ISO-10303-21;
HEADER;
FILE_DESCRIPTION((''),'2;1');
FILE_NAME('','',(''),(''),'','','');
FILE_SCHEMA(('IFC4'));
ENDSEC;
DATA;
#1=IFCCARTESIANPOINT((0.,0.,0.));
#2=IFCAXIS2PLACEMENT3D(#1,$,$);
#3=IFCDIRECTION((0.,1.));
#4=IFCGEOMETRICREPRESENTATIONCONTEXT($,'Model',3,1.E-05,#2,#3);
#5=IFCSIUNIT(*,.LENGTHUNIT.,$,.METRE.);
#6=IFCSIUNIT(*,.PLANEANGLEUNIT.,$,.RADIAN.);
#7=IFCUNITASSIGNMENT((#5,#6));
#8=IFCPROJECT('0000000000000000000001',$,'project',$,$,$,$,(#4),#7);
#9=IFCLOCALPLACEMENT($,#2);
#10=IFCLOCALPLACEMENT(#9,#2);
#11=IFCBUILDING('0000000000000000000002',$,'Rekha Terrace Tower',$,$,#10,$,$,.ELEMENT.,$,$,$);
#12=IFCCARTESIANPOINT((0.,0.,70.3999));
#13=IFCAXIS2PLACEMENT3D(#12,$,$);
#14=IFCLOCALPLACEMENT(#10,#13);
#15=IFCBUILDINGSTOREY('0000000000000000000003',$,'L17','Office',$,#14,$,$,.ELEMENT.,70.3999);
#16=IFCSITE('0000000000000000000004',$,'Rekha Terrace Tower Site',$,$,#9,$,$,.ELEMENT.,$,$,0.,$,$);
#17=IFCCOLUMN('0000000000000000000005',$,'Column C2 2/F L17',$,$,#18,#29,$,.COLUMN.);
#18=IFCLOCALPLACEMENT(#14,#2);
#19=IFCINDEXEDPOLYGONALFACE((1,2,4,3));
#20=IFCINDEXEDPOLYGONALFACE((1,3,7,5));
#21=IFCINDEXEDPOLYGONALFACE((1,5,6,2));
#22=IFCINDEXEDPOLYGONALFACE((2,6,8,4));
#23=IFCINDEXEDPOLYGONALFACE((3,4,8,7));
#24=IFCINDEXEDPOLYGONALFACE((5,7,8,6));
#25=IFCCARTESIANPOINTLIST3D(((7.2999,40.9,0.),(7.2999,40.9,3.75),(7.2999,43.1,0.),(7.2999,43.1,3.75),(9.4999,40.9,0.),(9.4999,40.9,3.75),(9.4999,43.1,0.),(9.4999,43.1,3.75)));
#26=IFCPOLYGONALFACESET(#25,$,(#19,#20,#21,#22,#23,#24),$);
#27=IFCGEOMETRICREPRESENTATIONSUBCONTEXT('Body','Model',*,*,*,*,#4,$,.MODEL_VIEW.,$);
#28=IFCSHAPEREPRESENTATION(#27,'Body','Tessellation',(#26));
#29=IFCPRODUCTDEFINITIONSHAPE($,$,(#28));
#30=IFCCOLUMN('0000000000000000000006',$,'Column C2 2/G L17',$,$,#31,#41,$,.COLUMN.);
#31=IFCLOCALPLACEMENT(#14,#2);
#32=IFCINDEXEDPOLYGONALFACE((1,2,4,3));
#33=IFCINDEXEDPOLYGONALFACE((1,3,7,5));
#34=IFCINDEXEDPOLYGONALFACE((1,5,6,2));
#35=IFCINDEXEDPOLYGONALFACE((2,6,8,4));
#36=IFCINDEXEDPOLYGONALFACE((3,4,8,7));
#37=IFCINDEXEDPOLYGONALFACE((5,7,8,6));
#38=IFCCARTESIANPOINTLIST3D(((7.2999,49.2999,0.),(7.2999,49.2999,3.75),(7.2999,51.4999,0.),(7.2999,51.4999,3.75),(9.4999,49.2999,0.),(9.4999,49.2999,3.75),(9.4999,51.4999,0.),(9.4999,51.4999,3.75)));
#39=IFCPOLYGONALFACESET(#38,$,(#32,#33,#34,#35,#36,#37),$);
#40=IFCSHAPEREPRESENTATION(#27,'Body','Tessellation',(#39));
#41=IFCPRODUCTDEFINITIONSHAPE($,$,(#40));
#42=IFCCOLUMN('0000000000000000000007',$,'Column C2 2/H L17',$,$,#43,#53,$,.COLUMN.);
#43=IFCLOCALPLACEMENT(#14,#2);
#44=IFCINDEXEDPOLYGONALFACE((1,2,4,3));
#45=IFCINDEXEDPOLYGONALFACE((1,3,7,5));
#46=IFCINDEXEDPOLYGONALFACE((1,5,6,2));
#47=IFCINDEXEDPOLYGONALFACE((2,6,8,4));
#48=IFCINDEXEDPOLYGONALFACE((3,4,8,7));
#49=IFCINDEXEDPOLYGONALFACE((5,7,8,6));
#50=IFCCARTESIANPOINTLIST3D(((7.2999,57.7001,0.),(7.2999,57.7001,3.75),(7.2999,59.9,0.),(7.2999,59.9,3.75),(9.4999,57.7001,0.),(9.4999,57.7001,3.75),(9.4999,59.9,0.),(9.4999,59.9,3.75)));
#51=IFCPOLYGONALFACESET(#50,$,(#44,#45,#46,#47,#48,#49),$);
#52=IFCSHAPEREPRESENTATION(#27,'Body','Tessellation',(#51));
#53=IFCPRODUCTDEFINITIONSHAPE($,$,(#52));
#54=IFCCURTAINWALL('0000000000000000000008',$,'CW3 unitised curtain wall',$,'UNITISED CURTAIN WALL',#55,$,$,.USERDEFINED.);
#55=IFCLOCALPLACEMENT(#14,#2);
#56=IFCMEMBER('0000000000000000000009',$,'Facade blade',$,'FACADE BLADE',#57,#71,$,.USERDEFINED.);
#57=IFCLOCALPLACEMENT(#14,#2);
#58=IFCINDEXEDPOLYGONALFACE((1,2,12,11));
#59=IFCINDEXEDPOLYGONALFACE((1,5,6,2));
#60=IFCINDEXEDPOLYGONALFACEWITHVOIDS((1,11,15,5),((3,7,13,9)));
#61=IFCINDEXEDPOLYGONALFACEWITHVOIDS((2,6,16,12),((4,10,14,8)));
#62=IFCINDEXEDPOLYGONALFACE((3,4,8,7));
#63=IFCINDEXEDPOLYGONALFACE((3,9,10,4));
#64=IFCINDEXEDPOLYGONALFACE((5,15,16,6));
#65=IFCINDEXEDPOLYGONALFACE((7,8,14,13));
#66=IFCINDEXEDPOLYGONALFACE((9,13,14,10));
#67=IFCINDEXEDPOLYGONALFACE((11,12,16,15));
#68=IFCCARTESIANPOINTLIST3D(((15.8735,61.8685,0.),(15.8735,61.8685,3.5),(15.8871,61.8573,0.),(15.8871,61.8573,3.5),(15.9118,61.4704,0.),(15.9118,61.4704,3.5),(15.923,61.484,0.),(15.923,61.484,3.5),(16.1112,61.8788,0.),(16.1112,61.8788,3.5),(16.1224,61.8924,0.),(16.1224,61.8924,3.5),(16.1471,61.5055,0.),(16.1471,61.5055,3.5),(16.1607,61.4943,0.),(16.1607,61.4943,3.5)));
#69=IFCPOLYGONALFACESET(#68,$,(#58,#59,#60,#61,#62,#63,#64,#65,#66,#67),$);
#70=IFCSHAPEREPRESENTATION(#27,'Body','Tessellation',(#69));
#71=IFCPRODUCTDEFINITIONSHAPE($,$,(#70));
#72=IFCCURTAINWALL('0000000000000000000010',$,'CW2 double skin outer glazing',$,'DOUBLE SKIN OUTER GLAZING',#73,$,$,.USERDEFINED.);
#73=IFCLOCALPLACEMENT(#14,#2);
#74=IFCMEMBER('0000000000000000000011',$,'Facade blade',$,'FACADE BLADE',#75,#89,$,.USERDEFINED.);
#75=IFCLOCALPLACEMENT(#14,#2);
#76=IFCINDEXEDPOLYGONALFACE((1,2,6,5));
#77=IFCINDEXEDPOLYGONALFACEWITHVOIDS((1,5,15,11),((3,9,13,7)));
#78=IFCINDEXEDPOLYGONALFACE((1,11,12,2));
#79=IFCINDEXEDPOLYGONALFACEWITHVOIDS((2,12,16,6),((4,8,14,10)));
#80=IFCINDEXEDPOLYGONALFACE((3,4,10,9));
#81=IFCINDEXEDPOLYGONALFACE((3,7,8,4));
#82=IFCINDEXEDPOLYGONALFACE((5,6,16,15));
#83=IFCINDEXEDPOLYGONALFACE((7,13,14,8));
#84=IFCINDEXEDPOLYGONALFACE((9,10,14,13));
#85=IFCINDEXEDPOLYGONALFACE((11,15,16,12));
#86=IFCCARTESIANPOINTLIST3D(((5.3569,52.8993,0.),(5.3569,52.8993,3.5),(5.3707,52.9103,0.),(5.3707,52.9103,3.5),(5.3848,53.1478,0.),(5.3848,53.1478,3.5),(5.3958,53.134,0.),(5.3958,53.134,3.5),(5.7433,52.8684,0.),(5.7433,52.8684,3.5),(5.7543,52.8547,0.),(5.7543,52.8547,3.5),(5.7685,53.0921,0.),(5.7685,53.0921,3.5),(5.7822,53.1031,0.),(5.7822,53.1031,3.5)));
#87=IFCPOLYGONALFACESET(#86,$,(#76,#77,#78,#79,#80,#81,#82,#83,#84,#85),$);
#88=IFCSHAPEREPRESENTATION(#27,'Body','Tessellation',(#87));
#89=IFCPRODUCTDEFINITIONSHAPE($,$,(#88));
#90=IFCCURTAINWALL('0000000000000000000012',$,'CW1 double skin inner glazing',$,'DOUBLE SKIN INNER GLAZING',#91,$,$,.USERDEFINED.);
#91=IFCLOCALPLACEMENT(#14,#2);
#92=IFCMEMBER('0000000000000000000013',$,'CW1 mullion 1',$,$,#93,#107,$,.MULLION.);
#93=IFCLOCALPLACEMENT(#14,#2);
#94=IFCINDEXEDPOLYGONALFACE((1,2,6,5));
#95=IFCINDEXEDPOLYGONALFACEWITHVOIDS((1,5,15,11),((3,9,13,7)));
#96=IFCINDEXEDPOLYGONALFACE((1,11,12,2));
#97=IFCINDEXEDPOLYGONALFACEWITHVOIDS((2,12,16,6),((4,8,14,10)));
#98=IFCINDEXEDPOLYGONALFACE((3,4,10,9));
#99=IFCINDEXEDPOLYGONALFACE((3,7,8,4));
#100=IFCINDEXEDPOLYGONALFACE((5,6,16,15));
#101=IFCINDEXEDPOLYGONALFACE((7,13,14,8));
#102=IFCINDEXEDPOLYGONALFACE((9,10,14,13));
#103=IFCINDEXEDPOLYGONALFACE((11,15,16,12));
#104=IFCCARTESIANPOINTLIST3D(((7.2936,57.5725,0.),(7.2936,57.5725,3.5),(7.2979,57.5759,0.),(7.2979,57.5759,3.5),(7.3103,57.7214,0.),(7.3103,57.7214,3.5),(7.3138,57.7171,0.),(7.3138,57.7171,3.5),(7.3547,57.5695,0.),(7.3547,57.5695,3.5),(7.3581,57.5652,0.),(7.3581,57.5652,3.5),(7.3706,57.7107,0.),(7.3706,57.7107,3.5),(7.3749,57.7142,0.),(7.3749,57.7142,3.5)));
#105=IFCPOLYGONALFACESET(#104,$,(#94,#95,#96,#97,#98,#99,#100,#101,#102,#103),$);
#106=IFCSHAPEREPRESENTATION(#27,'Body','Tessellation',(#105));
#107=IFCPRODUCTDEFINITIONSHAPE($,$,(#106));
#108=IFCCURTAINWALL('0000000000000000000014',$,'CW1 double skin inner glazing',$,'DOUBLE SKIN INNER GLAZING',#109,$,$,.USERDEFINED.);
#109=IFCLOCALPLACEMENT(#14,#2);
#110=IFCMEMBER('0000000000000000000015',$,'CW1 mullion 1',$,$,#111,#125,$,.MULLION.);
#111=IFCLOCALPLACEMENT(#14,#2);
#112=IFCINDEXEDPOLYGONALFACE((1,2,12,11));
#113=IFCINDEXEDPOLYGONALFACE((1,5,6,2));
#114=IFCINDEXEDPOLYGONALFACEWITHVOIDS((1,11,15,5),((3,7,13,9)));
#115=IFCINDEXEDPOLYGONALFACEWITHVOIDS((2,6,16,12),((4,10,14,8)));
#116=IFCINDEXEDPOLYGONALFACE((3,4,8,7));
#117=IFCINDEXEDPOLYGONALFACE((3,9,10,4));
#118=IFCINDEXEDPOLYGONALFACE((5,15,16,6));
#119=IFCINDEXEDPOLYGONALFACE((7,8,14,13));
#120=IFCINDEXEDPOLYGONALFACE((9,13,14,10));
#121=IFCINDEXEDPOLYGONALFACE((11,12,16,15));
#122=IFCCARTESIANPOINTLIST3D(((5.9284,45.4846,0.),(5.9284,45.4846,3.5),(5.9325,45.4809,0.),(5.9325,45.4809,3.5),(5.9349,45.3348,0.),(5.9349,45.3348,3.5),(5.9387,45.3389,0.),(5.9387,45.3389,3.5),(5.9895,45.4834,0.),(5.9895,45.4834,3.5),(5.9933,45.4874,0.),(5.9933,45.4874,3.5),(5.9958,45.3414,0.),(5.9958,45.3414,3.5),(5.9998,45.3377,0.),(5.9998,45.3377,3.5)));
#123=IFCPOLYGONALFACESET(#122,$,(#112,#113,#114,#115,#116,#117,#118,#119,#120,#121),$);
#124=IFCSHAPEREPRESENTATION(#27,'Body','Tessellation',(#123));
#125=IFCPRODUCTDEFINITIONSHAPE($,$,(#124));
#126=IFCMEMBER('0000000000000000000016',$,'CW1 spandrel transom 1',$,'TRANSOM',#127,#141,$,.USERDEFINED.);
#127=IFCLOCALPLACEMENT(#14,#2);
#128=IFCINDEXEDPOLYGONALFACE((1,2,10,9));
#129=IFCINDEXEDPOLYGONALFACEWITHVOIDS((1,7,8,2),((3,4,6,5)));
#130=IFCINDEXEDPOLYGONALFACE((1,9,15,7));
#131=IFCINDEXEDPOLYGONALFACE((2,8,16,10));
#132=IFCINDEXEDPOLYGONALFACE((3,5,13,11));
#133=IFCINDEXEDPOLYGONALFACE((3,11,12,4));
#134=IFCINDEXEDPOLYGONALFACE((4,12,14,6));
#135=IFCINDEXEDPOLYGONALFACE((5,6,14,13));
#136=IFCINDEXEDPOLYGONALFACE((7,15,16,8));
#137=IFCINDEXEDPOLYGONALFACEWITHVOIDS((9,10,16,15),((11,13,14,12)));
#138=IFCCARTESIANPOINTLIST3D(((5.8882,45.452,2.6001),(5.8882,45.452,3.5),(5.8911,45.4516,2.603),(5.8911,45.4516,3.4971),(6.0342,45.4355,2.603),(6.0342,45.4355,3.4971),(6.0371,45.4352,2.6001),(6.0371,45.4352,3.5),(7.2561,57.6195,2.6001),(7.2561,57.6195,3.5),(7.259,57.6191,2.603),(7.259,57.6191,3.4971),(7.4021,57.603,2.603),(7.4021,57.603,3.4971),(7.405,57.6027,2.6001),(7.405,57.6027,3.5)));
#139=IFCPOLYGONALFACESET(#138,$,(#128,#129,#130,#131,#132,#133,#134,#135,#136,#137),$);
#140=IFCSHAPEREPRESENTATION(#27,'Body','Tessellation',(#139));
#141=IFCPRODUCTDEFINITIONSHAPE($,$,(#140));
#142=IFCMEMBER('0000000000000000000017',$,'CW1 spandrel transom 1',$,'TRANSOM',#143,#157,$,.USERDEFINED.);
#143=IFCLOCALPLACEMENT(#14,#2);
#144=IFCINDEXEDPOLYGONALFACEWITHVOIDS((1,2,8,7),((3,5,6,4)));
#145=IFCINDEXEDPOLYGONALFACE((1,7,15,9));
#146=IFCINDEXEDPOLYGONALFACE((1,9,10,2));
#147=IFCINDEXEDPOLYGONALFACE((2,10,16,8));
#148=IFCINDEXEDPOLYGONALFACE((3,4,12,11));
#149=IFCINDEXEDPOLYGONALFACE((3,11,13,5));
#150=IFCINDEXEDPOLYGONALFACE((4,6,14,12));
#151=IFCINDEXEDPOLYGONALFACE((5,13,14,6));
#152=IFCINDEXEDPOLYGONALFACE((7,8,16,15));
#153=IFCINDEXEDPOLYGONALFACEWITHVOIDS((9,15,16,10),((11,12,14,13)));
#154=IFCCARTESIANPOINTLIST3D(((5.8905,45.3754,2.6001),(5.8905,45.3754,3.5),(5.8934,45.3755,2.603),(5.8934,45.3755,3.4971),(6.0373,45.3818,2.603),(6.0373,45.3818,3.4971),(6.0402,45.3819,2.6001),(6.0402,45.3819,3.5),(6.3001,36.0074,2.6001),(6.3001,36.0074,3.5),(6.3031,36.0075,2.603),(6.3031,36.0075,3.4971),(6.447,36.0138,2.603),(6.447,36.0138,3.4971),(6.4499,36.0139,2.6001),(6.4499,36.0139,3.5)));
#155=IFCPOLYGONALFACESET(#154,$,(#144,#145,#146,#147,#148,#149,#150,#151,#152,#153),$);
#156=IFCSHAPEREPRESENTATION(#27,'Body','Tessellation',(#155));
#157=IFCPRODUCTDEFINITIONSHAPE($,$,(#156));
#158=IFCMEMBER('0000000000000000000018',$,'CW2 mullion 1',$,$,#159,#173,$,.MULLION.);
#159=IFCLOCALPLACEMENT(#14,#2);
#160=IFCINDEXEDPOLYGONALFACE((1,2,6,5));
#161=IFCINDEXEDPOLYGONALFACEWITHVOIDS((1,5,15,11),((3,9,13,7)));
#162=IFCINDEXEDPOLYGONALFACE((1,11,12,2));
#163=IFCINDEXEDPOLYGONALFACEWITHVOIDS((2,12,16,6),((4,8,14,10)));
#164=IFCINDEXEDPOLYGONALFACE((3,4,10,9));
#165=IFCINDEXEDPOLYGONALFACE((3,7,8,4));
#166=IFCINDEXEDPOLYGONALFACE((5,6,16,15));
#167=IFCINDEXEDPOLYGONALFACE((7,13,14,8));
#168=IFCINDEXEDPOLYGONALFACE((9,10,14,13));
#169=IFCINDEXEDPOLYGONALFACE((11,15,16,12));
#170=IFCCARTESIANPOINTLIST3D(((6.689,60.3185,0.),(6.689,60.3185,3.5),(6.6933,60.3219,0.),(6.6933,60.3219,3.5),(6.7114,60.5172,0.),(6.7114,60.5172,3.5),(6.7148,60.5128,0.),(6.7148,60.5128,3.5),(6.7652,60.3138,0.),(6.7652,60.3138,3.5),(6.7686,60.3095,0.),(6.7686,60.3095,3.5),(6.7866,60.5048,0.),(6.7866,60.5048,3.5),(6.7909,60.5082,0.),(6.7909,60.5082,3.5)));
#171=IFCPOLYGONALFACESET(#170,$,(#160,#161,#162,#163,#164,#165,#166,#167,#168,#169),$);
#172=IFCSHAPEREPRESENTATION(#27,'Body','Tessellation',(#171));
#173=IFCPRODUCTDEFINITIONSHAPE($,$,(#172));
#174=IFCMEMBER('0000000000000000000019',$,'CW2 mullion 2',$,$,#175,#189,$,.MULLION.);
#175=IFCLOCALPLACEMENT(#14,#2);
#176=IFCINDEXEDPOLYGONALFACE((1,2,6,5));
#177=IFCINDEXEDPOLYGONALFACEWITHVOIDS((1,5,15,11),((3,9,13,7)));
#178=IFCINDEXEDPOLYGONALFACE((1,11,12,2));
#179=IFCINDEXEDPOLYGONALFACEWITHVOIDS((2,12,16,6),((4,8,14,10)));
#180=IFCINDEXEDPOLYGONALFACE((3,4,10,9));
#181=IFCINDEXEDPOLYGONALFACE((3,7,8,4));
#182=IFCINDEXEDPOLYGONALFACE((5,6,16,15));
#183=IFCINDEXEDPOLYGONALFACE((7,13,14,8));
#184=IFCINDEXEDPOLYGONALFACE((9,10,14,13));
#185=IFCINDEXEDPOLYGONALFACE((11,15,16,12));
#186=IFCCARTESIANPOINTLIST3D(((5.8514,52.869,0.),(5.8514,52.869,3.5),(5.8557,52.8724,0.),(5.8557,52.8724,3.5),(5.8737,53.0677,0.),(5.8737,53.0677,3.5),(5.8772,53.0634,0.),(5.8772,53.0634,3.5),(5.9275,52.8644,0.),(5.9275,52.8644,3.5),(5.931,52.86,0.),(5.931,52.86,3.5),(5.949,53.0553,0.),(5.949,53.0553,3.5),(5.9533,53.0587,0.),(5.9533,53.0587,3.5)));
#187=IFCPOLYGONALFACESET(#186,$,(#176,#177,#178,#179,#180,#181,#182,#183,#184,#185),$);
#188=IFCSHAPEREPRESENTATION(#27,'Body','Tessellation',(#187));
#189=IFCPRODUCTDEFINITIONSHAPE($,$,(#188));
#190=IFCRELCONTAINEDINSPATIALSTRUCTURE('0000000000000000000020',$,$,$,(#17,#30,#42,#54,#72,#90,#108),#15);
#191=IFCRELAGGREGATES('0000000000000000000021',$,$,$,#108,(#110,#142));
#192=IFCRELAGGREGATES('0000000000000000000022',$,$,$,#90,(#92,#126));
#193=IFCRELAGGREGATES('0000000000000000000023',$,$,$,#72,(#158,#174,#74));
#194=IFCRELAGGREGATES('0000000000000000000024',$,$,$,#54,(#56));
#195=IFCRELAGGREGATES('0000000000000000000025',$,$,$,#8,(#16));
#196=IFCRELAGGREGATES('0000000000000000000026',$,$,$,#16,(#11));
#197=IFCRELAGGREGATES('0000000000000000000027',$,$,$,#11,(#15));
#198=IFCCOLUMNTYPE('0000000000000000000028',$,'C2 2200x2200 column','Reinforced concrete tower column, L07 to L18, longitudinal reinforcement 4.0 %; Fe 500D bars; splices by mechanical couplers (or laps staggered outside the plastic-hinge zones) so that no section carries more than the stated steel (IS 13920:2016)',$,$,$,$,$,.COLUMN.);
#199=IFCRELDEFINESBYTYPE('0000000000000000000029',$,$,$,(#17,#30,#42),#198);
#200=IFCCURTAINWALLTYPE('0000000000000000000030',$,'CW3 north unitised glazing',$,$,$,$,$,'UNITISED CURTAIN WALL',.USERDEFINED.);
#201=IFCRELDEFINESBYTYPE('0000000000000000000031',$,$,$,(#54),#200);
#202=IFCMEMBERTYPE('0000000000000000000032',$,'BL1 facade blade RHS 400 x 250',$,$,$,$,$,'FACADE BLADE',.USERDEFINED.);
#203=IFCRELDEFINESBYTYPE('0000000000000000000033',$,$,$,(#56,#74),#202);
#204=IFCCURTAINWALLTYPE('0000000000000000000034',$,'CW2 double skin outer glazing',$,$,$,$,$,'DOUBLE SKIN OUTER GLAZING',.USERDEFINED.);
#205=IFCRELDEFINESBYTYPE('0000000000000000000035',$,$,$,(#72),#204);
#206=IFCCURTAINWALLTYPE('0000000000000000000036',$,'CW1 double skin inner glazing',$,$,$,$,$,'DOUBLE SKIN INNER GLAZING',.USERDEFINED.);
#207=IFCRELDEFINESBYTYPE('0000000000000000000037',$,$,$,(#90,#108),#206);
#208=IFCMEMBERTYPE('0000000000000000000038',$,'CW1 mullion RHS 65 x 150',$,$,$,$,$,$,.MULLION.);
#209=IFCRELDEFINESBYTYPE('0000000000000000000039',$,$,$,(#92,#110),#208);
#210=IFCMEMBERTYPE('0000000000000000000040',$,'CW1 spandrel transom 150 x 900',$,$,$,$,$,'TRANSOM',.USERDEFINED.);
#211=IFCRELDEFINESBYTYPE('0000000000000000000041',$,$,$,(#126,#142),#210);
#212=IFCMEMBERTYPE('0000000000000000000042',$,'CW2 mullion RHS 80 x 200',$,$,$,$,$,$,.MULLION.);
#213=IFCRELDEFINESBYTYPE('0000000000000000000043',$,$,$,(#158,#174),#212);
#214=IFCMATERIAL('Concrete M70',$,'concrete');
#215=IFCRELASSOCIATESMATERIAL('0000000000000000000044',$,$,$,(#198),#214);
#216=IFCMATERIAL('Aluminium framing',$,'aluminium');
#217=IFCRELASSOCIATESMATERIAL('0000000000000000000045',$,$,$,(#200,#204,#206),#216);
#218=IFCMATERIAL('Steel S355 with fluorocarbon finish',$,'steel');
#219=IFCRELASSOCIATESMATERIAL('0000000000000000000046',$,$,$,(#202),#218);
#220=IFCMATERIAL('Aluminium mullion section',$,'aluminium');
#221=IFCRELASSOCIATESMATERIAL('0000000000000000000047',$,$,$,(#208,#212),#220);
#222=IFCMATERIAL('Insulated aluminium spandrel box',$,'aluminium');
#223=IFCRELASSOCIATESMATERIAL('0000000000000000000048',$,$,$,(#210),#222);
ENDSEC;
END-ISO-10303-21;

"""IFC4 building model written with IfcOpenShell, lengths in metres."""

from ifc_helpers import new_model, si_unit, direction, frame, origin, origin_2d, place, context, subcontext, project, spatial, rectangle, hollow_rectangle, extrude, material, material_profile, profile_set, type_object, element, aggregate, save


model = new_model("IFC4")

# Units and contexts
model_context = context("Model", 3, precision=1e-05, world=origin(), true_north=direction((0.0, 1.0)))
body_context = subcontext(model_context, "Body", "Model", "MODEL_VIEW")
ifc_project = project(units=[si_unit("LENGTHUNIT", "METRE"), si_unit("PLANEANGLEUNIT", "RADIAN")], contexts=[model_context])

# Site, building, storey
site_placement = place(None, origin())
site = spatial("IfcSite", under=ifc_project, at=site_placement, Name="Rekha Terrace Tower Site", CompositionType="ELEMENT", RefElevation=0.0)
building_placement = place(site_placement, origin())
building = spatial("IfcBuilding", under=site, at=building_placement, Name="Rekha Terrace Tower", CompositionType="ELEMENT")
storey_placement = place(building_placement, frame((0.0, 0.0, 70.3999)))
storey = spatial("IfcBuildingStorey", under=building, at=storey_placement, Name="L17", Description="Office", CompositionType="ELEMENT", Elevation=70.3999)

# Columns
ifc_material_1 = material(Name="Concrete M70", Category="concrete")
ifc_material_profile_1 = material_profile(ifc_material_1, rectangle(XDim=2.2, YDim=2.2, at=origin_2d()), Name="RC 2200x2200")
ifc_profile_set_1 = profile_set([ifc_material_profile_1], Name="Concrete M70")
column_type = type_object("IfcColumnType", Name="C2 2200x2200 column", Description="Reinforced concrete tower column, L07 to L18, longitudinal reinforcement 4.0 %; Fe 500D bars; splices by mechanical couplers (or laps staggered outside the plastic-hinge zones) so that no section carries more than the stated steel (IS 13920:2016)", PredefinedType="COLUMN", material=ifc_profile_set_1)
for number, where, z_axis, x_axis, name in (
    (1, (8.3999, 42.0, 0.0), (0.0, 0.0, 1.0), (1.0, 0.0, 0.0), "Column C2 2/F L17"),
    (2, (8.3999, 50.3999, 0.0), (0.0, 0.0, 1.0), (1.0, 0.0, 0.0), "Column C2 2/G L17"),
    (3, (8.3999, 58.8, 0.0), (0.0, 0.0, 1.0), (1.0, 0.0, 0.0), "Column C2 2/H L17"),
):
    element("IfcColumn", number, at=place(storey_placement, frame(where, z_axis=z_axis, x_axis=x_axis)), inside=storey, type_object=column_type, Name=name, PredefinedType="COLUMN", context=body_context, shape_type="SweptSolid", body=[
        extrude(rectangle(XDim=2.2, YDim=2.2, at=origin_2d()), origin(), (0.0, 0.0, 1.0), 3.75),
    ])

# Curtain walls, members
ifc_material_2 = material(Name="Aluminium framing", Category="aluminium")
curtain_wall_type_1 = type_object("IfcCurtainWallType", Name="CW3 north unitised glazing", ElementType="UNITISED CURTAIN WALL", PredefinedType="USERDEFINED", material=ifc_material_2)
curtain_wall_1_placement = place(storey_placement, origin())
curtain_wall_1 = element("IfcCurtainWall", 4, at=curtain_wall_1_placement, inside=storey, type_object=curtain_wall_type_1, Name="CW3 unitised curtain wall", ObjectType="UNITISED CURTAIN WALL", PredefinedType="USERDEFINED")
ifc_material_3 = material(Name="Steel S355 with fluorocarbon finish", Category="steel")
ifc_material_profile_2 = material_profile(ifc_material_3, hollow_rectangle(XDim=0.25, YDim=0.3999, WallThickness=0.0125, at=origin_2d()), Name="RHS400x250x12.5")
ifc_profile_set_2 = profile_set([ifc_material_profile_2], Name="Steel S355 with fluorocarbon finish")
member_type_1 = type_object("IfcMemberType", Name="BL1 facade blade RHS 400 x 250", ElementType="FACADE BLADE", PredefinedType="USERDEFINED", material=ifc_profile_set_2)
member_1_placement = place(storey_placement, frame((16.0171, 61.6814, 0.0), z_axis=(0.0, 0.0, 1.0), x_axis=(-0.995409, -0.095712, 0.0)))
member_1 = element("IfcMember", 5, at=member_1_placement, type_object=member_type_1, Name="Facade blade", ObjectType="FACADE BLADE", PredefinedType="USERDEFINED", context=body_context, shape_type="SweptSolid", body=[
    extrude(hollow_rectangle(XDim=0.25, YDim=0.3999, WallThickness=0.0125, at=origin_2d()), origin(), (0.0, 0.0, 1.0), 3.5),
])
curtain_wall_type_2 = type_object("IfcCurtainWallType", Name="CW2 double skin outer glazing", ElementType="DOUBLE SKIN OUTER GLAZING", PredefinedType="USERDEFINED", material=ifc_material_2)
curtain_wall_2_placement = place(storey_placement, origin())
curtain_wall_2 = element("IfcCurtainWall", 6, at=curtain_wall_2_placement, inside=storey, type_object=curtain_wall_type_2, Name="CW2 double skin outer glazing", ObjectType="DOUBLE SKIN OUTER GLAZING", PredefinedType="USERDEFINED")
member_2_placement = place(storey_placement, frame((5.5696, 53.0012, 0.0), z_axis=(0.0, 0.0, 1.0), x_axis=(-0.111729, -0.993739, 0.0)))
member_2 = element("IfcMember", 7, at=member_2_placement, type_object=member_type_1, Name="Facade blade", ObjectType="FACADE BLADE", PredefinedType="USERDEFINED", context=body_context, shape_type="SweptSolid", body=[
    extrude(hollow_rectangle(XDim=0.25, YDim=0.3999, WallThickness=0.0125, at=origin_2d()), origin(), (0.0, 0.0, 1.0), 3.5),
])
curtain_wall_type_3 = type_object("IfcCurtainWallType", Name="CW1 double skin inner glazing", ElementType="DOUBLE SKIN INNER GLAZING", PredefinedType="USERDEFINED", material=ifc_material_2)
curtain_wall_3_placement = place(storey_placement, origin())
curtain_wall_3 = element("IfcCurtainWall", 8, at=curtain_wall_3_placement, inside=storey, type_object=curtain_wall_type_3, Name="CW1 double skin inner glazing", ObjectType="DOUBLE SKIN INNER GLAZING", PredefinedType="USERDEFINED")
ifc_material_4 = material(Name="Aluminium mullion section", Category="aluminium")
ifc_material_profile_3 = material_profile(ifc_material_4, hollow_rectangle(XDim=0.0649, YDim=0.1499, WallThickness=0.0039, at=origin_2d()), Name="AL RHS 65x150")
ifc_profile_set_3 = profile_set([ifc_material_profile_3], Name="Aluminium mullion section")
member_type_2 = type_object("IfcMemberType", Name="CW1 mullion RHS 65 x 150", PredefinedType="MULLION", material=ifc_profile_set_3)
member_3_placement = place(storey_placement, frame((7.3342, 57.6433, 0.0), z_axis=(0.0, 0.0, 1.0), x_axis=(0.993739, -0.11173, 0.0)))
member_3 = element("IfcMember", 9, at=member_3_placement, type_object=member_type_2, Name="CW1 mullion 1", PredefinedType="MULLION", context=body_context, shape_type="SweptSolid", body=[
    extrude(hollow_rectangle(XDim=0.0649, YDim=0.1499, WallThickness=0.0039, at=origin_2d()), origin(), (0.0, 0.0, 1.0), 3.5),
])
curtain_wall_4_placement = place(storey_placement, origin())
curtain_wall_4 = element("IfcCurtainWall", 10, at=curtain_wall_4_placement, inside=storey, type_object=curtain_wall_type_3, Name="CW1 double skin inner glazing", ObjectType="DOUBLE SKIN INNER GLAZING", PredefinedType="USERDEFINED")
member_4_placement = place(storey_placement, frame((5.9641, 45.4111, 0.0), z_axis=(0.0, 0.0, 1.0), x_axis=(0.999045, 0.043683, 0.0)))
member_4 = element("IfcMember", 11, at=member_4_placement, type_object=member_type_2, Name="CW1 mullion 1", PredefinedType="MULLION", context=body_context, shape_type="SweptSolid", body=[
    extrude(hollow_rectangle(XDim=0.0649, YDim=0.1499, WallThickness=0.0039, at=origin_2d()), origin(), (0.0, 0.0, 1.0), 3.5),
])

# Members
ifc_material_5 = material(Name="Insulated aluminium spandrel box", Category="aluminium")
ifc_material_profile_4 = material_profile(ifc_material_5, hollow_rectangle(XDim=0.1499, YDim=0.8999, WallThickness=0.0029, at=origin_2d()), Name="AL SPANDREL BOX 150x900")
ifc_profile_set_4 = profile_set([ifc_material_profile_4], Name="Insulated aluminium spandrel box")
member_type_3 = type_object("IfcMemberType", Name="CW1 spandrel transom 150 x 900", ElementType="TRANSOM", PredefinedType="USERDEFINED", material=ifc_profile_set_4)
member_5_placement = place(storey_placement, frame((7.3306, 57.6111, 3.05), z_axis=(-0.11172, -0.99374, 0.0), x_axis=(0.99374, -0.11172, 0.0)))
member_5 = element("IfcMember", 12, at=member_5_placement, type_object=member_type_3, Name="CW1 spandrel transom 1", ObjectType="TRANSOM", PredefinedType="USERDEFINED", context=body_context, shape_type="SweptSolid", body=[
    extrude(hollow_rectangle(XDim=0.1499, YDim=0.8999, WallThickness=0.0029, at=origin_2d()), origin(), (0.0, 0.0, 1.0), 12.2441),
])
member_6_placement = place(storey_placement, frame((5.9653, 45.3787, 3.05), z_axis=(0.043689, -0.999045, 0.0), x_axis=(0.999045, 0.043689, 0.0)))
member_6 = element("IfcMember", 13, at=member_6_placement, type_object=member_type_3, Name="CW1 spandrel transom 1", ObjectType="TRANSOM", PredefinedType="USERDEFINED", context=body_context, shape_type="SweptSolid", body=[
    extrude(hollow_rectangle(XDim=0.1499, YDim=0.8999, WallThickness=0.0029, at=origin_2d()), origin(), (0.0, 0.0, 1.0), 9.377),
])
aggregate(curtain_wall_4, [member_4, member_6])
ifc_material_profile_5 = material_profile(ifc_material_4, hollow_rectangle(XDim=0.0801, YDim=0.2, WallThickness=0.0039, at=origin_2d()), Name="AL RHS 80x200")
ifc_profile_set_5 = profile_set([ifc_material_profile_5], Name="Aluminium mullion section")
member_type_4 = type_object("IfcMemberType", Name="CW2 mullion RHS 80 x 200", PredefinedType="MULLION", material=ifc_profile_set_5)
member_7_placement = place(storey_placement, frame((6.74, 60.4133, 0.0), z_axis=(0.0, 0.0, 1.0), x_axis=(0.993739, -0.11173, 0.0)))
member_7 = element("IfcMember", 14, at=member_7_placement, type_object=member_type_4, Name="CW2 mullion 1", PredefinedType="MULLION", context=body_context, shape_type="SweptSolid", body=[
    extrude(hollow_rectangle(XDim=0.0801, YDim=0.2, WallThickness=0.0039, at=origin_2d()), origin(), (0.0, 0.0, 1.0), 3.5),
])
member_8_placement = place(storey_placement, frame((5.9023, 52.9639, 0.0), z_axis=(0.0, 0.0, 1.0), x_axis=(0.993739, -0.11173, 0.0)))
member_8 = element("IfcMember", 15, at=member_8_placement, type_object=member_type_4, Name="CW2 mullion 2", PredefinedType="MULLION", context=body_context, shape_type="SweptSolid", body=[
    extrude(hollow_rectangle(XDim=0.0801, YDim=0.2, WallThickness=0.0039, at=origin_2d()), origin(), (0.0, 0.0, 1.0), 3.5),
])

aggregate(curtain_wall_3, [member_3, member_5])
aggregate(curtain_wall_2, [member_7, member_8, member_2])
aggregate(curtain_wall_1, [member_1])

save(model, "model.ifc")
